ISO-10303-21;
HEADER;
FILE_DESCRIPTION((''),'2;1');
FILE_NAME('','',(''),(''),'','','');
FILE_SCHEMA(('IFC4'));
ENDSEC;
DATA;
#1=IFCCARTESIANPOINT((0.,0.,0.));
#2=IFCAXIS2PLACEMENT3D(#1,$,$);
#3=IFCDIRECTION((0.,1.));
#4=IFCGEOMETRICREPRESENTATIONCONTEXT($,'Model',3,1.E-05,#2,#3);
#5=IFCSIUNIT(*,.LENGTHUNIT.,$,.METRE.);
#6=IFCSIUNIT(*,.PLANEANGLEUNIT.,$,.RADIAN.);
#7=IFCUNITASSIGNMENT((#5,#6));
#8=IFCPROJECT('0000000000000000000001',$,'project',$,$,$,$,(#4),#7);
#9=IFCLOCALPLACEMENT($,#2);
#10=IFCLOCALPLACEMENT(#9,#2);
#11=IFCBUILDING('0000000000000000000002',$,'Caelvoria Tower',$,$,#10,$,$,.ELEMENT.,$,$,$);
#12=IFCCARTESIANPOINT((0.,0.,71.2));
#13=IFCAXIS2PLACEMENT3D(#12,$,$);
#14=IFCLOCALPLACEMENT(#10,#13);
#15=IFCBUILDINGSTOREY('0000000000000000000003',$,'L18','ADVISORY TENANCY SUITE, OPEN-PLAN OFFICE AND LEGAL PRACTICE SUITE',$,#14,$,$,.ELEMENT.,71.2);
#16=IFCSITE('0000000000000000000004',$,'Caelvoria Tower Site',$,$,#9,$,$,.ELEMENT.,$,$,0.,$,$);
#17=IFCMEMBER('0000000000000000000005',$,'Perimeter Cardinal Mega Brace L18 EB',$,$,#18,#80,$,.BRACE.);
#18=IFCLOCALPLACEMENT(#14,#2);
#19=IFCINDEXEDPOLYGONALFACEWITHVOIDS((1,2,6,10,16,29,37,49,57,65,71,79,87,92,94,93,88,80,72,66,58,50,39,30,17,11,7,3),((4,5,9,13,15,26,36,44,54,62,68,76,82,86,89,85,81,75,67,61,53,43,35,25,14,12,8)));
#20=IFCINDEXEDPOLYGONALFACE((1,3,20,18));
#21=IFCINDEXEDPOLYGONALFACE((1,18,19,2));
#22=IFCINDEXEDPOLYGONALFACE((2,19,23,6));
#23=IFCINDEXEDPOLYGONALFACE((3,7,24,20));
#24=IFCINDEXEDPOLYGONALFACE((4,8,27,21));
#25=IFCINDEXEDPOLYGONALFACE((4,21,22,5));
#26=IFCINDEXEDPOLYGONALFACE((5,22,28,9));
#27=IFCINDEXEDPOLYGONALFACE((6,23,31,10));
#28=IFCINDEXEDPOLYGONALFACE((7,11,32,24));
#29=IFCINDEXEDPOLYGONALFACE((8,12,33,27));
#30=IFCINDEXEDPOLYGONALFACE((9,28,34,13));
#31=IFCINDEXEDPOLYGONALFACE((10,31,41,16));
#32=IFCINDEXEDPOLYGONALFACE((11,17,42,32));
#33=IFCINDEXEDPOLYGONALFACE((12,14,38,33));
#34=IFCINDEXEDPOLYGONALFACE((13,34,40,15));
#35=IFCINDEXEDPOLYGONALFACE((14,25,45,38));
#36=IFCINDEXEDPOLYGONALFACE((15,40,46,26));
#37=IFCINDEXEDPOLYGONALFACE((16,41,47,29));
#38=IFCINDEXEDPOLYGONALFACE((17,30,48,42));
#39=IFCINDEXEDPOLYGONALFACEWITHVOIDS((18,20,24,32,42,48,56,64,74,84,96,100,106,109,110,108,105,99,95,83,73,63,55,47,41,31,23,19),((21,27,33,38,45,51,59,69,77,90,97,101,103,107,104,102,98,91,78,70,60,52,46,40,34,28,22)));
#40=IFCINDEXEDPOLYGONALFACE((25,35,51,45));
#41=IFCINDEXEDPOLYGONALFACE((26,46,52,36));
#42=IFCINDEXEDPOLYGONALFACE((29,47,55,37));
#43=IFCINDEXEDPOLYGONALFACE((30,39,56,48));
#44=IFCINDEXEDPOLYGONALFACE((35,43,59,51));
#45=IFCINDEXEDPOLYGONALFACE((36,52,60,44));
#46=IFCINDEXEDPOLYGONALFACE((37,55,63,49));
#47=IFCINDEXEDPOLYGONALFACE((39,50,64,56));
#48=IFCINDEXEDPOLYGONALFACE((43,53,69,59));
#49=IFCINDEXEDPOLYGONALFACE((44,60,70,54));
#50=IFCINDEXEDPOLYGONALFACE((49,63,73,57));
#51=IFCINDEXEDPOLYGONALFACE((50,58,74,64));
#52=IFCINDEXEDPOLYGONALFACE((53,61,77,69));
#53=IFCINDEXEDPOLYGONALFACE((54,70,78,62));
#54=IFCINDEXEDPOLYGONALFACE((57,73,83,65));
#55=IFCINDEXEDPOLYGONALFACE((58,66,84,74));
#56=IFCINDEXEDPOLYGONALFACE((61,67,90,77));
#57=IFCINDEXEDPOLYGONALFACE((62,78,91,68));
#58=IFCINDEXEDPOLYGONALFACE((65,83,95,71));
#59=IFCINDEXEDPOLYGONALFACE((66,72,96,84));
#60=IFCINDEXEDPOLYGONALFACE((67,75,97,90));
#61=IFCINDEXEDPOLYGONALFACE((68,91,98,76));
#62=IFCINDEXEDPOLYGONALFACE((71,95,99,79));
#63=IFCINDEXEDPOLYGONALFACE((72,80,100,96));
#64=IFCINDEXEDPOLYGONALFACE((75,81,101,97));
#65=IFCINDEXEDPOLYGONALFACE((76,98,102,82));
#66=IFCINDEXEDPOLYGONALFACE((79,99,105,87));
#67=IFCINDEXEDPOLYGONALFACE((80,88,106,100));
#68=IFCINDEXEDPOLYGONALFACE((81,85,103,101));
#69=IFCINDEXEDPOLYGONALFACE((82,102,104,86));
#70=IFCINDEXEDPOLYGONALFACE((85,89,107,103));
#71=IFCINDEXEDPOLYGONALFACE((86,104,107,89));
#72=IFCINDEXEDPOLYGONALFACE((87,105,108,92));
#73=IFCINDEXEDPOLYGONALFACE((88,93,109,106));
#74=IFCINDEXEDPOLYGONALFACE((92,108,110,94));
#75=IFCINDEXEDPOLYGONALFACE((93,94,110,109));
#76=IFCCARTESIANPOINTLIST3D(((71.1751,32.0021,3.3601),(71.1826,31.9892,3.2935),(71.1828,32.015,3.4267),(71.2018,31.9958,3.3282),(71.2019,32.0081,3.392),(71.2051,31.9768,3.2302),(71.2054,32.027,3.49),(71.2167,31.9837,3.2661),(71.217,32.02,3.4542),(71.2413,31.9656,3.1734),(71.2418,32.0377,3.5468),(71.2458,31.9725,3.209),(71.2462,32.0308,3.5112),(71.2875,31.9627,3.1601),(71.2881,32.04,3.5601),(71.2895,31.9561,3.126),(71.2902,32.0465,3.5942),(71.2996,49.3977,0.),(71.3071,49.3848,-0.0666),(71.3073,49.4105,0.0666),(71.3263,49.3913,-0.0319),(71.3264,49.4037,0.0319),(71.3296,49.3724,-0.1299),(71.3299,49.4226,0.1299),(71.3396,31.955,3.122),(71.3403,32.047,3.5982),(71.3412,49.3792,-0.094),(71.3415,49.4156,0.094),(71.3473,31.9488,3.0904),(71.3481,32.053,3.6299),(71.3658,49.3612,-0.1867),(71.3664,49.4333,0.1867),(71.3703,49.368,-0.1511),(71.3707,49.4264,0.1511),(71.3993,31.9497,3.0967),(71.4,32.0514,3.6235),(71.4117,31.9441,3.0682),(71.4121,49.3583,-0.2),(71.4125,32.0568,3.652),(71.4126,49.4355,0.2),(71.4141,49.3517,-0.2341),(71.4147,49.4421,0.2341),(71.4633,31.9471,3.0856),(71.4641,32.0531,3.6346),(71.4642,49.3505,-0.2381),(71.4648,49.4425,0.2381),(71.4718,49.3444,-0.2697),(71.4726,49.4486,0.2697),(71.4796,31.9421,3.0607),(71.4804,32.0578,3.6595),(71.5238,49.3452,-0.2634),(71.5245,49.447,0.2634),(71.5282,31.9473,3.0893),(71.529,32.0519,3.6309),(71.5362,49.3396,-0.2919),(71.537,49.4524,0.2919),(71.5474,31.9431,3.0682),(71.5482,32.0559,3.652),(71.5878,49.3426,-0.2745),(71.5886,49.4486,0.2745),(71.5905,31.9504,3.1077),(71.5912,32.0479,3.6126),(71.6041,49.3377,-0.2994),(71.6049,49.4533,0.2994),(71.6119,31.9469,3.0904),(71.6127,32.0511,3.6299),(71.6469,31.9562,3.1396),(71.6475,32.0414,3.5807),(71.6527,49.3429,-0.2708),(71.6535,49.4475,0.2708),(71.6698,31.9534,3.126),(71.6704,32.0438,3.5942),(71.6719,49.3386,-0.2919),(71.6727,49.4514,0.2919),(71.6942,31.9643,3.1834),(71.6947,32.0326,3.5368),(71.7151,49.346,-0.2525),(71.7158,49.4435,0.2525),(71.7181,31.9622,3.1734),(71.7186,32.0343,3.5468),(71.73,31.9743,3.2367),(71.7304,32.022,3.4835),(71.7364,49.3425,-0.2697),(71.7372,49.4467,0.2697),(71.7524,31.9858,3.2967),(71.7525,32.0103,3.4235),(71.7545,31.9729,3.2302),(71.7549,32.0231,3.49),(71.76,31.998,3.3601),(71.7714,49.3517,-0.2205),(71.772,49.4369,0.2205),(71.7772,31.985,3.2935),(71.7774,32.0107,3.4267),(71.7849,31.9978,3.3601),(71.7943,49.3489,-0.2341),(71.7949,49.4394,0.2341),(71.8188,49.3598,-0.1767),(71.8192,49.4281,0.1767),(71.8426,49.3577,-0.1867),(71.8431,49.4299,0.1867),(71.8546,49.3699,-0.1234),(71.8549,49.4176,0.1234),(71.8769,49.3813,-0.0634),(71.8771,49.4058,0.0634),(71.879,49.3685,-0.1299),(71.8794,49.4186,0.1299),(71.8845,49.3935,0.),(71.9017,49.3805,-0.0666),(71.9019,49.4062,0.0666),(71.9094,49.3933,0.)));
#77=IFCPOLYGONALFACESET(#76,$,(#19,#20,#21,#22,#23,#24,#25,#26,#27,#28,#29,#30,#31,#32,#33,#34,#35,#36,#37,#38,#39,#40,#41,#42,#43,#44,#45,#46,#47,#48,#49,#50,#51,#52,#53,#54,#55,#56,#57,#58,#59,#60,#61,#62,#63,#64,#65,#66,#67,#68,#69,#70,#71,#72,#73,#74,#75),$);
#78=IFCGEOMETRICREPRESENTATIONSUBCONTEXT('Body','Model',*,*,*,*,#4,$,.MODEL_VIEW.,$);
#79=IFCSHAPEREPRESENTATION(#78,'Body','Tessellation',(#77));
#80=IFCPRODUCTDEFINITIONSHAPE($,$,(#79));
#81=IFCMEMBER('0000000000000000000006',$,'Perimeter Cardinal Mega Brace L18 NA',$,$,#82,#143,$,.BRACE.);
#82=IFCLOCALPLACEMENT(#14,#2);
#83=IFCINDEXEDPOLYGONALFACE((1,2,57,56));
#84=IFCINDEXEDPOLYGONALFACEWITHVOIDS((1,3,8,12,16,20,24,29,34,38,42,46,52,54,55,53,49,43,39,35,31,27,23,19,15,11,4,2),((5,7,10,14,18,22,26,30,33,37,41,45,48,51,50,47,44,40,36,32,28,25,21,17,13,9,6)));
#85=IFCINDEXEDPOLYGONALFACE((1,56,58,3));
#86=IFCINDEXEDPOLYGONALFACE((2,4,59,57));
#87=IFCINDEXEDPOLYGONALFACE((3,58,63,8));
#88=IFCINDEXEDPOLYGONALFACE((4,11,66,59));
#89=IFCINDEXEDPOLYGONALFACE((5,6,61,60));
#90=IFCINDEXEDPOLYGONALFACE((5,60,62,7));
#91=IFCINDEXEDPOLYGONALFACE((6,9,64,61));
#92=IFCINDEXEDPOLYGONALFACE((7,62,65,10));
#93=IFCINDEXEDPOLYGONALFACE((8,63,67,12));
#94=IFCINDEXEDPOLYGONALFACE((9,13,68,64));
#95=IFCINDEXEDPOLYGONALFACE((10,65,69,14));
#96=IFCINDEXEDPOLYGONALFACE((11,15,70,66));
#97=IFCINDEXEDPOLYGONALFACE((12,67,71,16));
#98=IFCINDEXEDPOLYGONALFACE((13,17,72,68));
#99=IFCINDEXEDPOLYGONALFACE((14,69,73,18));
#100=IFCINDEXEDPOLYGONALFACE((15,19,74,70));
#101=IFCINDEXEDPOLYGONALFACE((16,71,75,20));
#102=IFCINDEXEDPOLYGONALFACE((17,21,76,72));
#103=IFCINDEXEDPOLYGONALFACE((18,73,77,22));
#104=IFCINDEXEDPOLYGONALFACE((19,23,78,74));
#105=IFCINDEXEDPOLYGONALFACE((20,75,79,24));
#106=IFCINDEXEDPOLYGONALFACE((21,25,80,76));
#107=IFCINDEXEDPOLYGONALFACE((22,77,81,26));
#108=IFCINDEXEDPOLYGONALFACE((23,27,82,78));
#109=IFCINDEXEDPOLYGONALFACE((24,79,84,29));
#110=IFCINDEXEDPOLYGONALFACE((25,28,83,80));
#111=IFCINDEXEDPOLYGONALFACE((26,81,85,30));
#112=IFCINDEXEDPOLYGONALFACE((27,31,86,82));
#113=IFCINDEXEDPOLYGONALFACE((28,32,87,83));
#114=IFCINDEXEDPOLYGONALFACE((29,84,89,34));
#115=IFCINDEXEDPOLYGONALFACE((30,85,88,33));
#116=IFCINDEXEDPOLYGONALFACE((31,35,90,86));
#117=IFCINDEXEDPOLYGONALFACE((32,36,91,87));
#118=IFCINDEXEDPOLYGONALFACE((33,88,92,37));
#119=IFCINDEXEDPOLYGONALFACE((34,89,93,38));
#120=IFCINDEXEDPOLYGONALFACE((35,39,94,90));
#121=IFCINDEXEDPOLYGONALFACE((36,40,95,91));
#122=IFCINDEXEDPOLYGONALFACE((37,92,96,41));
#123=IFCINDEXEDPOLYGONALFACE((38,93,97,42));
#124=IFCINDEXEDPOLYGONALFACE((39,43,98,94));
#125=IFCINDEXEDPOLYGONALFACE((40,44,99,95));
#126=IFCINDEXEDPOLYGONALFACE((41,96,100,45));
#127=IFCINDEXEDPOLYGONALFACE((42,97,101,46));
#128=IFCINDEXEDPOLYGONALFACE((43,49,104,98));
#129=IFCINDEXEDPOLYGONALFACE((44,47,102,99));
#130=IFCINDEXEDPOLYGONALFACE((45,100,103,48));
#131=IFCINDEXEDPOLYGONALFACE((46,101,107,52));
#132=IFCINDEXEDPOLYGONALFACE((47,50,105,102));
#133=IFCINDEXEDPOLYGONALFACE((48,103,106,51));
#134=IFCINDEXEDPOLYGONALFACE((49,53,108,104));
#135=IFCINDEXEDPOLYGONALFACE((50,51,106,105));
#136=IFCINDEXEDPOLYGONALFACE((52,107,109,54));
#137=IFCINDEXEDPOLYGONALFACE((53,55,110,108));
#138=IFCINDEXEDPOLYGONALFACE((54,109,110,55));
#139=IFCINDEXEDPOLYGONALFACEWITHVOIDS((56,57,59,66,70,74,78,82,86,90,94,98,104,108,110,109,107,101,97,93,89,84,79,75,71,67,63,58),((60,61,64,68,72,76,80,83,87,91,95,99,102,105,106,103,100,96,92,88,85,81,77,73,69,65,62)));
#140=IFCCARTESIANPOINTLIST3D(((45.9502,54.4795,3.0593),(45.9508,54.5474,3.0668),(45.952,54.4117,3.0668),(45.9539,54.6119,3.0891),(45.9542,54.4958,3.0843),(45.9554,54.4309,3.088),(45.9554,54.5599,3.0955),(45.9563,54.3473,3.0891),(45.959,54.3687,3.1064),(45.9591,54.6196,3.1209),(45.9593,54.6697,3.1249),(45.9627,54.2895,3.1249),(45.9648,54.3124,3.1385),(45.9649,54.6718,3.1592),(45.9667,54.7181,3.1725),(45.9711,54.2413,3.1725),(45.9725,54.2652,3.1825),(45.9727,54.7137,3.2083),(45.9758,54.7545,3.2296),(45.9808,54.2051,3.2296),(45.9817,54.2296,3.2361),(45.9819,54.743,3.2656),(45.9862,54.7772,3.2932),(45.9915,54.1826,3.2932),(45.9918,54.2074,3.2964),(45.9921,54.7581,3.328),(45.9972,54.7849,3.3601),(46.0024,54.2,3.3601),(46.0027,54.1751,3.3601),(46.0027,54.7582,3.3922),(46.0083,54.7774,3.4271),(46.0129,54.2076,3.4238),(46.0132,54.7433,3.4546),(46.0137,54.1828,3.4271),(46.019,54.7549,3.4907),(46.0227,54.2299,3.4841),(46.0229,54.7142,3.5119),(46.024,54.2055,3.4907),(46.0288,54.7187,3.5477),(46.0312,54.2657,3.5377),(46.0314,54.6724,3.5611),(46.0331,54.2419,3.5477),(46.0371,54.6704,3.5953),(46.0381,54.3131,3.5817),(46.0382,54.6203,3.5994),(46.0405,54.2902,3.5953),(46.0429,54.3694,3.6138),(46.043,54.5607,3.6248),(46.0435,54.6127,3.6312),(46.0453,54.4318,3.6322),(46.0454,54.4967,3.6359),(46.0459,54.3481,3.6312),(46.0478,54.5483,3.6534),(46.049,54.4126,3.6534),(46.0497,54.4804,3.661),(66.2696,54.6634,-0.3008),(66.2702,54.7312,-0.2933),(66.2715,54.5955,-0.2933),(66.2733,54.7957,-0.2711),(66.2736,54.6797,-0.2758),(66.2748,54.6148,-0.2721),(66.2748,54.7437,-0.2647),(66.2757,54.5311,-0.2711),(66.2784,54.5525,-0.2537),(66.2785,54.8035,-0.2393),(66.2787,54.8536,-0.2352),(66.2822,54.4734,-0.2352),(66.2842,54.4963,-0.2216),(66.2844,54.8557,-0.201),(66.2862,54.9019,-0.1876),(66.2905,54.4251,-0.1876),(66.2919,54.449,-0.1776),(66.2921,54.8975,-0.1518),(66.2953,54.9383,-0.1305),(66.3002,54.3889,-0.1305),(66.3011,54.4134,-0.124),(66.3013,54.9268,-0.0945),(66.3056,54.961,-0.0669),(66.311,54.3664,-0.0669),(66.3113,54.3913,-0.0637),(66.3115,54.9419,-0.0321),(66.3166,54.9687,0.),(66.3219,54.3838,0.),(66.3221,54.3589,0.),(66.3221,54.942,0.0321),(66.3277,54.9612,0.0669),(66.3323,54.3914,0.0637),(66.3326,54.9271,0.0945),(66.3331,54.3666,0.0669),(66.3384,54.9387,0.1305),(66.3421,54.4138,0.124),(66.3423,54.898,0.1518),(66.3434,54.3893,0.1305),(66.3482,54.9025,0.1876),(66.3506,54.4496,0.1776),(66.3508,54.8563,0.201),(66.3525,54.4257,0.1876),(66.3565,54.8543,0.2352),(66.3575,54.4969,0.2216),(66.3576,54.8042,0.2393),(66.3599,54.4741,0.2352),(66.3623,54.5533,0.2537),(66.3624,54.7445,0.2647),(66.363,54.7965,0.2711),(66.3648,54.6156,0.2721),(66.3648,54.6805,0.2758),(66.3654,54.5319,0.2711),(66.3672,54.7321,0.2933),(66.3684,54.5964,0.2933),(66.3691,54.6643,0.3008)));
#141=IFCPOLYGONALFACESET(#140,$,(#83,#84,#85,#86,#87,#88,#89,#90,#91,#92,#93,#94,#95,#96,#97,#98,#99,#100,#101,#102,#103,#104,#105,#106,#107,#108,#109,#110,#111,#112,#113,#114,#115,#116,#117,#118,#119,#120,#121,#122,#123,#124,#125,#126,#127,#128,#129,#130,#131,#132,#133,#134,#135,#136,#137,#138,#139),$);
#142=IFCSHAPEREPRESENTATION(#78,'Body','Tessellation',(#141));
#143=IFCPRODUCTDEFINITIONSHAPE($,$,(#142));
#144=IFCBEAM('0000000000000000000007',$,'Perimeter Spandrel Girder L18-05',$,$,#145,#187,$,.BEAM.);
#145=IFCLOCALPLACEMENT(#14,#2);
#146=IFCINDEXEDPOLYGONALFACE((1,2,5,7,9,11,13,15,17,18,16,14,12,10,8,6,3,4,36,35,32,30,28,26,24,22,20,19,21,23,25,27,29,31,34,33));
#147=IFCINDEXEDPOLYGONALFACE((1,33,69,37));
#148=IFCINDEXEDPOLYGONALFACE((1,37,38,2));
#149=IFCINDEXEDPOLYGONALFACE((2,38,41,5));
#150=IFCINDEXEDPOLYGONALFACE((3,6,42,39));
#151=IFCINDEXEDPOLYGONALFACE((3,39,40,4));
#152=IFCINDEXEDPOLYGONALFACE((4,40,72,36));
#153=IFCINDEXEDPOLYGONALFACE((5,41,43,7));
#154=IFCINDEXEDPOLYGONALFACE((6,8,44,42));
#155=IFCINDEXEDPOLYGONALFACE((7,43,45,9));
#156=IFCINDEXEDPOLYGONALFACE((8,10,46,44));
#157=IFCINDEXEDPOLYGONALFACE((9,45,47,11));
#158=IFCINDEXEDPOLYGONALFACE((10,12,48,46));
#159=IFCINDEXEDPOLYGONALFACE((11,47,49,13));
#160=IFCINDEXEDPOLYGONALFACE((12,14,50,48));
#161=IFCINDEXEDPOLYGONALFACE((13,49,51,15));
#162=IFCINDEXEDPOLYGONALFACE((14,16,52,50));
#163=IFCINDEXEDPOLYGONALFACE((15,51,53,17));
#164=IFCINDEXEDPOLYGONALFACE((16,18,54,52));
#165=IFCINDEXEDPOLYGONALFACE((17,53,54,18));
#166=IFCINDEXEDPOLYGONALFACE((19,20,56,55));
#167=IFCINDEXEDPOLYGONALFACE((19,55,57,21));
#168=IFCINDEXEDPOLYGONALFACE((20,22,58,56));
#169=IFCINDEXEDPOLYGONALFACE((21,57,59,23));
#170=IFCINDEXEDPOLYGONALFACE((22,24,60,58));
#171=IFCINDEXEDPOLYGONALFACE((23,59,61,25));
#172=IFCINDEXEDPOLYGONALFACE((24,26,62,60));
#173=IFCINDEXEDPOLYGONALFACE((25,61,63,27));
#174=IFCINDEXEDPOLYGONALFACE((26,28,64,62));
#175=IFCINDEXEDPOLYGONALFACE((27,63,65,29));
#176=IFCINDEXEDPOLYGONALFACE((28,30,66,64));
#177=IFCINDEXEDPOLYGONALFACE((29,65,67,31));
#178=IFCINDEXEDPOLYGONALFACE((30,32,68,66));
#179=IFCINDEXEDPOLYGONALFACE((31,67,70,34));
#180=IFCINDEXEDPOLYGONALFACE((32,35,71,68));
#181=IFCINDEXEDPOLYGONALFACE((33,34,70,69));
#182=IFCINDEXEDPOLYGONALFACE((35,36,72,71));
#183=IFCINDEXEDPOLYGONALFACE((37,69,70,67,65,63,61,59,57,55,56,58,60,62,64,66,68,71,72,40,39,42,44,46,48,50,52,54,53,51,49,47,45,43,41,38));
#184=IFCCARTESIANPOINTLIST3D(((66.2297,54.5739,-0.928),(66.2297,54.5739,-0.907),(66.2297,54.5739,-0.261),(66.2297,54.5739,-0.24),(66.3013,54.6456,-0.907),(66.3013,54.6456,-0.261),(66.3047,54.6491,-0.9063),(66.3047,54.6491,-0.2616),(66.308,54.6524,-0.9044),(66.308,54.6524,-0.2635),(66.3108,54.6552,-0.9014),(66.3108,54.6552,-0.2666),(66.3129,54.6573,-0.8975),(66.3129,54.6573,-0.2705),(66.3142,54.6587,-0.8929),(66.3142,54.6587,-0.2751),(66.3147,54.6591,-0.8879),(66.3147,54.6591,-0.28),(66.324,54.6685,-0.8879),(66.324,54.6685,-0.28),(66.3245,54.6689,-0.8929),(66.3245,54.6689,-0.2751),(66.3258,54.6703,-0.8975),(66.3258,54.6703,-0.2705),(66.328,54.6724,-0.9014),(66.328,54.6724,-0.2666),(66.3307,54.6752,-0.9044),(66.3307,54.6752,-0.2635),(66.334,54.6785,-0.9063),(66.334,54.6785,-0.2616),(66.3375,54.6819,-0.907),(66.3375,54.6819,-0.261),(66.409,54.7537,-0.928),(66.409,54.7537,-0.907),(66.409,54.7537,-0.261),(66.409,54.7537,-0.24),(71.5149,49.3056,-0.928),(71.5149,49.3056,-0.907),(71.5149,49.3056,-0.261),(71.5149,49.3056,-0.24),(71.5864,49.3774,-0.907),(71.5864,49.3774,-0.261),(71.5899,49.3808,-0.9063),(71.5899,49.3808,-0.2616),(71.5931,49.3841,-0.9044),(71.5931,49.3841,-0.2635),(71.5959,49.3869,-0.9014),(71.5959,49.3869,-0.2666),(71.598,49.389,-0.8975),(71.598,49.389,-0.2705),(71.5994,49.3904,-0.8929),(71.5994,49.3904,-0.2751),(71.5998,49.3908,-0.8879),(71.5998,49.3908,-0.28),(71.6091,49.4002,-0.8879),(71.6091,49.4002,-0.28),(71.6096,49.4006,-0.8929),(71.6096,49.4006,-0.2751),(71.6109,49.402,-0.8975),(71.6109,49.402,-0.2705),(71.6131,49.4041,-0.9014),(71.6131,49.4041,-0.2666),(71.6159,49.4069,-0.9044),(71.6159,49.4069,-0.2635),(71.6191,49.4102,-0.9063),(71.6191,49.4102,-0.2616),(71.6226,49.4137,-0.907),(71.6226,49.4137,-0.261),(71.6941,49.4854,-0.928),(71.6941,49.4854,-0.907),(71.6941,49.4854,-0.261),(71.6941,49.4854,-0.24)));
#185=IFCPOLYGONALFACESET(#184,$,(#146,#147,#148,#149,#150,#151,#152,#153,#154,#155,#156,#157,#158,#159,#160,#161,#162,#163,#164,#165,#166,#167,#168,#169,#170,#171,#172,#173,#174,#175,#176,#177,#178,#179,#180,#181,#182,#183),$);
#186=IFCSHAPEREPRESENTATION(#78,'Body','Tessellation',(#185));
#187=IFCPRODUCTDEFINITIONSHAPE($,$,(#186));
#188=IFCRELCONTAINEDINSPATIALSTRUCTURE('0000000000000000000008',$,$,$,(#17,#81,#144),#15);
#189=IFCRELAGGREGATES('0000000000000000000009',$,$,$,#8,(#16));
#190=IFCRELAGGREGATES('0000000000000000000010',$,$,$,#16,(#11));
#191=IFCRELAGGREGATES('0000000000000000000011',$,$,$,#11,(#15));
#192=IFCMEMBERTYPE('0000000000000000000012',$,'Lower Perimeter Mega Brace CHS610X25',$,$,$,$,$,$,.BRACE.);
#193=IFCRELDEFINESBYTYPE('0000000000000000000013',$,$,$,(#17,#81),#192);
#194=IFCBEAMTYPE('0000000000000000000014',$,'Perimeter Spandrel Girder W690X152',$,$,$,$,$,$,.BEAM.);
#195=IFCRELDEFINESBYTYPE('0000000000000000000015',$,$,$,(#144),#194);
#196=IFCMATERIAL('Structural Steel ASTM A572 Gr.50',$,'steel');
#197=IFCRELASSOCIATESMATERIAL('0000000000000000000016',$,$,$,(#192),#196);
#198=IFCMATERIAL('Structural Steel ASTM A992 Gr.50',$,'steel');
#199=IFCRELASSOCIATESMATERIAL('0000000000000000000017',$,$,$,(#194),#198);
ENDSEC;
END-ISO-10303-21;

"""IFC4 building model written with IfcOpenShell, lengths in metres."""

from ifc_helpers import new_model, si_unit, direction, frame, origin, origin_2d, place, context, subcontext, project, spatial, hollow_circle, i_section, extrude, material, material_profile, profile_set, type_object, element, save


model = new_model("IFC4")

# Units and contexts
model_context = context("Model", 3, precision=1e-05, world=origin(), true_north=direction((0.0, 1.0)))
body_context = subcontext(model_context, "Body", "Model", "MODEL_VIEW")
ifc_project = project(units=[si_unit("LENGTHUNIT", "METRE"), si_unit("PLANEANGLEUNIT", "RADIAN")], contexts=[model_context])

# Site, building, storey
site_placement = place(None, origin())
site = spatial("IfcSite", under=ifc_project, at=site_placement, Name="Caelvoria Tower Site", CompositionType="ELEMENT", RefElevation=0.0)
building_placement = place(site_placement, origin())
building = spatial("IfcBuilding", under=site, at=building_placement, Name="Caelvoria Tower", CompositionType="ELEMENT")
storey_placement = place(building_placement, frame((0.0, 0.0, 71.2)))
storey = spatial("IfcBuildingStorey", under=building, at=storey_placement, Name="L18", Description="ADVISORY TENANCY SUITE, OPEN-PLAN OFFICE AND LEGAL PRACTICE SUITE", CompositionType="ELEMENT", Elevation=71.2)

# Shared definitions
ifc_material_1 = material(Name="Structural Steel ASTM A572 Gr.50", Category="steel")

# Members
ifc_material_profile_1 = material_profile(ifc_material_1, hollow_circle(Radius=0.3049, WallThickness=0.0249, at=origin_2d()), Name="Structural Steel ASTM A572 Gr.50")
ifc_profile_set_1 = profile_set([ifc_material_profile_1], Name="CHS610X25 - Structural Steel ASTM A572 Gr.50")
member_type_1 = type_object("IfcMemberType", Name="Lower Perimeter Mega Brace CHS610X25", PredefinedType="BRACE", material=ifc_profile_set_1)
member_1_placement = place(storey_placement, frame((71.6045, 49.3955, 0.0), z_axis=(-0.007028, -0.981827, 0.189649), x_axis=(0.999974, -0.007158, 0.0)))
element("IfcMember", 1, at=member_1_placement, inside=storey, type_object=member_type_1, Name="Perimeter Cardinal Mega Brace L18 EB", PredefinedType="BRACE", context=body_context, shape_type="SweptSolid", body=[
    extrude(hollow_circle(Radius=0.3049, WallThickness=0.0249, at=origin_2d()), origin(), (0.0, 0.0, 1.0), 17.7175),
])
member_2_placement = place(storey_placement, frame((66.3193, 54.6638, 0.0), z_axis=(-0.986562, -0.008926, 0.163143), x_axis=(0.009047, -0.999959, 0.0)))
element("IfcMember", 2, at=member_2_placement, inside=storey, type_object=member_type_1, Name="Perimeter Cardinal Mega Brace L18 NA", PredefinedType="BRACE", context=body_context, shape_type="SweptSolid", body=[
    extrude(hollow_circle(Radius=0.3049, WallThickness=0.0249, at=origin_2d()), origin(), (0.0, 0.0, 1.0), 20.5962),
])

# Beam
ifc_material_2 = material(Name="Structural Steel ASTM A992 Gr.50", Category="steel")
ifc_material_profile_2 = material_profile(ifc_material_2, i_section(OverallWidth=0.2539, OverallDepth=0.688, WebThickness=0.0132, FlangeThickness=0.021, FilletRadius=0.019, at=origin_2d()), Name="Structural Steel ASTM A992 Gr.50")
ifc_profile_set_2 = profile_set([ifc_material_profile_2], Name="W690X152 - Structural Steel ASTM A992 Gr.50")
beam_type = type_object("IfcBeamType", Name="Perimeter Spandrel Girder W690X152", PredefinedType="BEAM", material=ifc_profile_set_2)
beam_1_placement = place(storey_placement, frame((71.6045, 49.3955, -0.584), z_axis=(-0.708235, 0.705977, 0.0), x_axis=(-0.705977, -0.708235, 0.0)))
element("IfcBeam", 3, at=beam_1_placement, inside=storey, type_object=beam_type, Name="Perimeter Spandrel Girder L18-05", PredefinedType="BEAM", context=body_context, shape_type="SweptSolid", body=[
    extrude(i_section(OverallWidth=0.2539, OverallDepth=0.688, WebThickness=0.0132, FlangeThickness=0.021, FilletRadius=0.019, at=origin_2d()), origin(), (0.0, 0.0, 1.0), 7.4624),
])

save(model, "model.ifc")
